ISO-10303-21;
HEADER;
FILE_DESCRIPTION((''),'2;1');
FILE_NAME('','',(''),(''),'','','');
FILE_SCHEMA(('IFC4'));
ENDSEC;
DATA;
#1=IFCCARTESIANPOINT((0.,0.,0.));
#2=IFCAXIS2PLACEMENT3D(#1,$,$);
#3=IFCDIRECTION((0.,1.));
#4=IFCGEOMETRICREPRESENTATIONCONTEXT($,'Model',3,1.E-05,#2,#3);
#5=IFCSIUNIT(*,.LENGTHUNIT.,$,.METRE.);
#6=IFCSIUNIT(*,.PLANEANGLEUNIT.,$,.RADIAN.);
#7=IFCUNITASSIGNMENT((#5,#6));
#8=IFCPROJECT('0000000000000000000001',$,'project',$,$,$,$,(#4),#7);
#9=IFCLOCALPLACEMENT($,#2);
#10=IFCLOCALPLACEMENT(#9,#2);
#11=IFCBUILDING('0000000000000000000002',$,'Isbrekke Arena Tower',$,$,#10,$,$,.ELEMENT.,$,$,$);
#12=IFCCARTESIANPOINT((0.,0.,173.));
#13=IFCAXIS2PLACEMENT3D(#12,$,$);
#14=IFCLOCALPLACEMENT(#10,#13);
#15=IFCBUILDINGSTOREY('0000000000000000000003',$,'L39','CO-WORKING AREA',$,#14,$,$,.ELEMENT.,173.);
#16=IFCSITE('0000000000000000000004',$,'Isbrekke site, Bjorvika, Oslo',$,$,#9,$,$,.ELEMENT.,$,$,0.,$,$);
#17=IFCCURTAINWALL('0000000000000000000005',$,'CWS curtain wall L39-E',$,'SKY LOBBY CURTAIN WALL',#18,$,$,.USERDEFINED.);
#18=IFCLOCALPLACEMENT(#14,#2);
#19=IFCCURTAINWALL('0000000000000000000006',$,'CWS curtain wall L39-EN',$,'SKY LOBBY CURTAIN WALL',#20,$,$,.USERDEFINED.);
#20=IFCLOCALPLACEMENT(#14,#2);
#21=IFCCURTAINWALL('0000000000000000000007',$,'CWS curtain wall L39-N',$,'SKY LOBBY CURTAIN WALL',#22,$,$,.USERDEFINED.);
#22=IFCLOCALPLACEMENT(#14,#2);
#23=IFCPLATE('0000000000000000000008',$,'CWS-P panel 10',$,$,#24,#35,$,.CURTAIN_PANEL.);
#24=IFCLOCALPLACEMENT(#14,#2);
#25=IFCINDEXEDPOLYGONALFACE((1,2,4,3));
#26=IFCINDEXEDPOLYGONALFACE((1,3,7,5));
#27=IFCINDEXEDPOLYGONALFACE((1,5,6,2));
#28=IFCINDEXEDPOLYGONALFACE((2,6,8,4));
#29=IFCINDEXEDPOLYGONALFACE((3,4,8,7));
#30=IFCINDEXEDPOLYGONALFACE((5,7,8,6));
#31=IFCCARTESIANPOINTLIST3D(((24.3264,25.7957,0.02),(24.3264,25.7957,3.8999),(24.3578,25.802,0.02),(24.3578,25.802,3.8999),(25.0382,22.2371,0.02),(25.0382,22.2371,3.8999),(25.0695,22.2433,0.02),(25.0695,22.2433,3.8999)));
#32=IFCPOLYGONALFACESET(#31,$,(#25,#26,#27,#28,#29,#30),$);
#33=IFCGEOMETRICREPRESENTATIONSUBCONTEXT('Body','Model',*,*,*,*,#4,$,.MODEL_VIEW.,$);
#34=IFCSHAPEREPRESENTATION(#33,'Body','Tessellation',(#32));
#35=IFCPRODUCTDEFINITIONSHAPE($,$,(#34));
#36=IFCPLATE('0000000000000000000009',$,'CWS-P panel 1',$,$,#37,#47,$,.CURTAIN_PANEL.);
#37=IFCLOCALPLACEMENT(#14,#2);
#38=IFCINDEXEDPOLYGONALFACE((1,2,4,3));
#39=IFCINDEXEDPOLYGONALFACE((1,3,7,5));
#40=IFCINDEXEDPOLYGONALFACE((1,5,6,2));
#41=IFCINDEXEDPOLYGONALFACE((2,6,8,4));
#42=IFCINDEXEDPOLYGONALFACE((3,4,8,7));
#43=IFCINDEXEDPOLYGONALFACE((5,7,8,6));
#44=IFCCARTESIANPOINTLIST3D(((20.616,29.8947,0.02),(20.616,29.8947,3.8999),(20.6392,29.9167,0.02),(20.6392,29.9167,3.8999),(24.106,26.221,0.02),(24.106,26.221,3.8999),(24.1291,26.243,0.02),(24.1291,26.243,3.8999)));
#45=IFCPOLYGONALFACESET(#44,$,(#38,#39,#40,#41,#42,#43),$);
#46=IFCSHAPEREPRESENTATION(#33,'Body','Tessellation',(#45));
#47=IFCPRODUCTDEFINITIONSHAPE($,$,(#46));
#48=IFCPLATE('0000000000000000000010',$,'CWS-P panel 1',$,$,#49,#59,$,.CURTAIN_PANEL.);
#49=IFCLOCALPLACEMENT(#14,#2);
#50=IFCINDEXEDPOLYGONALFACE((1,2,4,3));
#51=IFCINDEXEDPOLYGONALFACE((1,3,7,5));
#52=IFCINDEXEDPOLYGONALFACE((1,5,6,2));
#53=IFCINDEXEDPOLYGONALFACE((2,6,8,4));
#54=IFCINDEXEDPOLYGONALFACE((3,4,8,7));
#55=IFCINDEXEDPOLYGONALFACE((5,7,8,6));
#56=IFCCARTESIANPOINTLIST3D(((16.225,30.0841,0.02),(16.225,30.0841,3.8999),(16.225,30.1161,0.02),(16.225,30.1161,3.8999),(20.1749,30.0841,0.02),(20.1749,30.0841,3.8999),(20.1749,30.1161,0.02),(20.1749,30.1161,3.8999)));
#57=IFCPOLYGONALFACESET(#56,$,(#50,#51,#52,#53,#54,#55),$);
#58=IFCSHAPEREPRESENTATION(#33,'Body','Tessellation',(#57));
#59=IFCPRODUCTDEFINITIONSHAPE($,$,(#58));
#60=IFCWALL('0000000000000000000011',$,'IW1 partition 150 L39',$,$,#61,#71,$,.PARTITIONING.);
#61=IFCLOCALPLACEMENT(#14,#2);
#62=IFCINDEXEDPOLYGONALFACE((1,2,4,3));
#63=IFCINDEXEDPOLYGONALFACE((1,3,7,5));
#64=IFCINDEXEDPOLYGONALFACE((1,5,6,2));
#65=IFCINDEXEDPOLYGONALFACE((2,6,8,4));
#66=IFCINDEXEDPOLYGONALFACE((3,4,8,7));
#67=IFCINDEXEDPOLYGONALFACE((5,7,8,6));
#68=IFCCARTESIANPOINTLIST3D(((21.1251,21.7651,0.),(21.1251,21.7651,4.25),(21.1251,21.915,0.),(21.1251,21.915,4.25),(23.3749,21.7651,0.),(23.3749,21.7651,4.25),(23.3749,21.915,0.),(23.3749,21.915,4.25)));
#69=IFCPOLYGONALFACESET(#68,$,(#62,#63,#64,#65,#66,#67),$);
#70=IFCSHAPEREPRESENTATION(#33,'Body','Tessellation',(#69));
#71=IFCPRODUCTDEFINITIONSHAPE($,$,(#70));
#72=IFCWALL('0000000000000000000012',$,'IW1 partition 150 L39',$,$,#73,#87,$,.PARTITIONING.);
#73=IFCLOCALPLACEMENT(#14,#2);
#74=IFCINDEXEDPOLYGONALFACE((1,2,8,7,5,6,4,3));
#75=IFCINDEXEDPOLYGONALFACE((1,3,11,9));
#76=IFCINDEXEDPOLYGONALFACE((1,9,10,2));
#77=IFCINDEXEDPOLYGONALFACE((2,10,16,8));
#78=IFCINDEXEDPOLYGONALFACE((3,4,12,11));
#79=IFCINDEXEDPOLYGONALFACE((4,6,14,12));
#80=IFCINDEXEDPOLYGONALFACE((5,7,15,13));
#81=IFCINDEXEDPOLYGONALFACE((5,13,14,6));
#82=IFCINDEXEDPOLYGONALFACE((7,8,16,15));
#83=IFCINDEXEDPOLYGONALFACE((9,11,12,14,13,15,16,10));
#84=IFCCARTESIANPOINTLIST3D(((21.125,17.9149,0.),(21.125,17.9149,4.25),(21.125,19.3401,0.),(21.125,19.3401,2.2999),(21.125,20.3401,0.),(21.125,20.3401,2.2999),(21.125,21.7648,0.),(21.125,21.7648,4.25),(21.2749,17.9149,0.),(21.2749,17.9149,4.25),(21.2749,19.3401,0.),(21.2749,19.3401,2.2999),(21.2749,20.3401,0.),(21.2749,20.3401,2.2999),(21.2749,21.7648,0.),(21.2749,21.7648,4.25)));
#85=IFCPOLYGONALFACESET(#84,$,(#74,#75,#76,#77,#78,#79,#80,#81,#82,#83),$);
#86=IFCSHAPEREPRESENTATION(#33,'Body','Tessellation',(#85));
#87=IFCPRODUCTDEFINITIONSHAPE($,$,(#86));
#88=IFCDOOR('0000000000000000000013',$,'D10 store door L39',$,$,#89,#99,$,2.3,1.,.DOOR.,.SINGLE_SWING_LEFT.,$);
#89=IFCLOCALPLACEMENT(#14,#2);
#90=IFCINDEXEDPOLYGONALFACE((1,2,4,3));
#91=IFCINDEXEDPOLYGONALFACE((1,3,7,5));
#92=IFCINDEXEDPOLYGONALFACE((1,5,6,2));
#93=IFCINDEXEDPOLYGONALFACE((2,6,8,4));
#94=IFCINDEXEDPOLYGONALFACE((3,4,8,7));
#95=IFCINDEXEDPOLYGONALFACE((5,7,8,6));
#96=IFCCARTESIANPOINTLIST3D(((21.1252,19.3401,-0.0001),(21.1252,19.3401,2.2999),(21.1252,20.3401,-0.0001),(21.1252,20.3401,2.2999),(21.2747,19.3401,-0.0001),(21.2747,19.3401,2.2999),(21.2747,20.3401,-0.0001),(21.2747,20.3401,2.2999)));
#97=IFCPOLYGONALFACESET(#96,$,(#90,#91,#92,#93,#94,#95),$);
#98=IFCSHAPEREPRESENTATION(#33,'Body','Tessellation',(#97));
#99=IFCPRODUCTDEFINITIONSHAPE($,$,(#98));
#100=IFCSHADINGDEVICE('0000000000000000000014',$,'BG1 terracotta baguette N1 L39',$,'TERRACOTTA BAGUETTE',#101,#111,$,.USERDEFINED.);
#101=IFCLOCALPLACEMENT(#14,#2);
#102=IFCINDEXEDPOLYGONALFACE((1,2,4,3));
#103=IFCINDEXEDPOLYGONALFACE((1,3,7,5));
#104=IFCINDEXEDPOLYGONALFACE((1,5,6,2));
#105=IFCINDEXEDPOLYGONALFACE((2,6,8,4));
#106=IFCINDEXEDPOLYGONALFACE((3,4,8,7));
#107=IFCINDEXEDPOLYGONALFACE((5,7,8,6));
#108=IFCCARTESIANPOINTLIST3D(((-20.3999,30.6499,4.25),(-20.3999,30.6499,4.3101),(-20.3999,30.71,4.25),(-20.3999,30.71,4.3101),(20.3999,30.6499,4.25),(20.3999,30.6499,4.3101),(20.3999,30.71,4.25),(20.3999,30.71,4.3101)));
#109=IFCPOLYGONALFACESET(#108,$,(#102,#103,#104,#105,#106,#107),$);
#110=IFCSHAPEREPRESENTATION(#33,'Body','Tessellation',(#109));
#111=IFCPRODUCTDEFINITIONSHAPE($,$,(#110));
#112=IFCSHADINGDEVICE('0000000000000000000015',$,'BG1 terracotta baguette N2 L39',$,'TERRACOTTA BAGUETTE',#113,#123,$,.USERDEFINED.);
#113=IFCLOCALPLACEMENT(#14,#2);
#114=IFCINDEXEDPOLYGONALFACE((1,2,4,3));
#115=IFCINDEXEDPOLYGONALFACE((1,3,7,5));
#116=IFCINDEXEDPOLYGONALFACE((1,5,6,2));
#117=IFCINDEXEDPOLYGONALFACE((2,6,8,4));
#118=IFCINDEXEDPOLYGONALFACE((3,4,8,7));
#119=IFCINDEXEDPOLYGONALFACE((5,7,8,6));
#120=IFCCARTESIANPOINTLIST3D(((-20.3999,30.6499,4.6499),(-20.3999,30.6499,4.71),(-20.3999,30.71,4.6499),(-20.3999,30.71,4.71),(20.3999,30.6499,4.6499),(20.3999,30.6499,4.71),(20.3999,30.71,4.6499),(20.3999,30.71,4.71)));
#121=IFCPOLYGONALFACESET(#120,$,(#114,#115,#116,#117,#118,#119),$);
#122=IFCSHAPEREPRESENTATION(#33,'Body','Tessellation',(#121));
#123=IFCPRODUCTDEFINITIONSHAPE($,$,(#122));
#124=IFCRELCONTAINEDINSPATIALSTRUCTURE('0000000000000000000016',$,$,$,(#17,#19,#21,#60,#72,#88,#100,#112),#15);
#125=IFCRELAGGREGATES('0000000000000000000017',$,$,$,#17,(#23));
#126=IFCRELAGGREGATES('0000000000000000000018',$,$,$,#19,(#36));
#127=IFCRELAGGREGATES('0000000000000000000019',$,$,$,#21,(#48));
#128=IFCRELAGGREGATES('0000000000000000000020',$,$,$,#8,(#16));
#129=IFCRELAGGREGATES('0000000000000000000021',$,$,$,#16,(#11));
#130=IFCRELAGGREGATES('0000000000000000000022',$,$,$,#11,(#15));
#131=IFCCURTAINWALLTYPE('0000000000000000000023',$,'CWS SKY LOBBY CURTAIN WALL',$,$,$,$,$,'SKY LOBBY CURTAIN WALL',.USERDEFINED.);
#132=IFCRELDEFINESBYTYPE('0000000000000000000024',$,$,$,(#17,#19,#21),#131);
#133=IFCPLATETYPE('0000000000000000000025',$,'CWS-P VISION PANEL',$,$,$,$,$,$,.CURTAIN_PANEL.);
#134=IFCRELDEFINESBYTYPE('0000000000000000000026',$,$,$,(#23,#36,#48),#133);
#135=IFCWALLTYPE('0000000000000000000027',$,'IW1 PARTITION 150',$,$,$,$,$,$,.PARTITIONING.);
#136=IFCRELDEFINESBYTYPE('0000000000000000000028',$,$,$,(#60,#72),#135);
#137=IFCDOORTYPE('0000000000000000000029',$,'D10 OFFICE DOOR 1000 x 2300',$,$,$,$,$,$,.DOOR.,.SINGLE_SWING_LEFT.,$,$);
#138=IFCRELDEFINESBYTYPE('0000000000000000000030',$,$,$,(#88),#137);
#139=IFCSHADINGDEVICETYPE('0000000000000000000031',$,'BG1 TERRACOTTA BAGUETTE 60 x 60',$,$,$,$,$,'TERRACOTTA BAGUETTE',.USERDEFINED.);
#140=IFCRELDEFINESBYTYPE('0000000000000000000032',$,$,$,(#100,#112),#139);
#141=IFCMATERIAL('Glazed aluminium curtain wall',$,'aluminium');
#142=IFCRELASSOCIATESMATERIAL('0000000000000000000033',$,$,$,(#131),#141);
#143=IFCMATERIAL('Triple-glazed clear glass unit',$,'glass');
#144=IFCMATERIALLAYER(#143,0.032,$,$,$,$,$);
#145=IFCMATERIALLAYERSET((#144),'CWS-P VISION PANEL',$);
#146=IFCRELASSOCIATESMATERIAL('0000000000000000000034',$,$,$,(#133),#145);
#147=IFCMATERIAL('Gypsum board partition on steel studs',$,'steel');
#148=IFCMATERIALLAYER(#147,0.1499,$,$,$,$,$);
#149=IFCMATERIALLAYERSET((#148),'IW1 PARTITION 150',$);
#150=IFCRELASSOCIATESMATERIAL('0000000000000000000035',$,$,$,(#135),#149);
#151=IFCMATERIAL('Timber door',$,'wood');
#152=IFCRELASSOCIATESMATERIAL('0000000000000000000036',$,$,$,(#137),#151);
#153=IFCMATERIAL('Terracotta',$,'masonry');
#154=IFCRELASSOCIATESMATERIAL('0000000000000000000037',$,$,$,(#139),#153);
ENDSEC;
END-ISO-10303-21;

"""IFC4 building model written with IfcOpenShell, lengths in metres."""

from ifc_helpers import new_model, si_unit, direction, frame, frame_2d, origin, origin_2d, place, context, subcontext, project, spatial, rectangle, extrude, material, layer, layer_set, material_profile, profile_set, type_object, element, fill, aggregate, save


model = new_model("IFC4")

# Units and contexts
model_context = context("Model", 3, precision=1e-05, world=origin(), true_north=direction((0.0, 1.0)))
body_context = subcontext(model_context, "Body", "Model", "MODEL_VIEW")
ifc_project = project(units=[si_unit("LENGTHUNIT", "METRE"), si_unit("PLANEANGLEUNIT", "RADIAN")], contexts=[model_context])

# Site, building, storey
site_placement = place(None, origin())
site = spatial("IfcSite", under=ifc_project, at=site_placement, Name="Isbrekke site, Bjorvika, Oslo", CompositionType="ELEMENT", RefElevation=0.0)
building_placement = place(site_placement, origin())
building = spatial("IfcBuilding", under=site, at=building_placement, Name="Isbrekke Arena Tower", CompositionType="ELEMENT")
storey_placement = place(building_placement, frame((0.0, 0.0, 173.0)))
storey = spatial("IfcBuildingStorey", under=building, at=storey_placement, Name="L39", Description="CO-WORKING AREA", CompositionType="ELEMENT", Elevation=173.0)

# Curtain wall
ifc_material_1 = material(Name="Glazed aluminium curtain wall", Category="aluminium")
curtain_wall_type = type_object("IfcCurtainWallType", Name="CWS SKY LOBBY CURTAIN WALL", ElementType="SKY LOBBY CURTAIN WALL", PredefinedType="USERDEFINED", material=ifc_material_1)
curtain_wall_1_placement = place(storey_placement, origin())
curtain_wall_1 = element("IfcCurtainWall", 1, at=curtain_wall_1_placement, inside=storey, type_object=curtain_wall_type, Name="CWS curtain wall L39-E", ObjectType="SKY LOBBY CURTAIN WALL", PredefinedType="USERDEFINED")

# Curtain walls
curtain_wall_2_placement = place(storey_placement, origin())
curtain_wall_2 = element("IfcCurtainWall", 2, at=curtain_wall_2_placement, inside=storey, type_object=curtain_wall_type, Name="CWS curtain wall L39-EN", ObjectType="SKY LOBBY CURTAIN WALL", PredefinedType="USERDEFINED")
curtain_wall_3_placement = place(storey_placement, origin())
curtain_wall_3 = element("IfcCurtainWall", 3, at=curtain_wall_3_placement, inside=storey, type_object=curtain_wall_type, Name="CWS curtain wall L39-N", ObjectType="SKY LOBBY CURTAIN WALL", PredefinedType="USERDEFINED")

# Plates
ifc_material_2 = material(Name="Triple-glazed clear glass unit", Category="glass")
ifc_layer_1 = layer(ifc_material_2, 0.032)
ifc_layer_set_1 = layer_set([ifc_layer_1], Name="CWS-P VISION PANEL")
plate_type = type_object("IfcPlateType", Name="CWS-P VISION PANEL", PredefinedType="CURTAIN_PANEL", material=ifc_layer_set_1)
plate_1_placement = place(storey_placement, frame((24.698, 24.0195, 0.02), z_axis=(0.0, 0.0, 1.0), x_axis=(-0.196116, 0.980581, 0.0)))
plate_1 = element("IfcPlate", 4, at=plate_1_placement, type_object=plate_type, Name="CWS-P panel 10", PredefinedType="CURTAIN_PANEL", context=body_context, shape_type="SweptSolid", body=[
    extrude(rectangle(XDim=3.6292, YDim=0.032, at=origin_2d()), origin(), (0.0, 0.0, 1.0), 3.8799),
])
aggregate(curtain_wall_1, [plate_1])
plate_2_placement = place(storey_placement, frame((22.3726, 28.0688, 0.02), z_axis=(0.0, 0.0, 1.0), x_axis=(-0.688749, 0.724999, 0.0)))
plate_2 = element("IfcPlate", 5, at=plate_2_placement, type_object=plate_type, Name="CWS-P panel 1", PredefinedType="CURTAIN_PANEL", context=body_context, shape_type="SweptSolid", body=[
    extrude(rectangle(XDim=5.0671, YDim=0.032, at=origin_2d()), origin(), (0.0, 0.0, 1.0), 3.8799),
])
aggregate(curtain_wall_2, [plate_2])
plate_3_placement = place(storey_placement, frame((18.2, 30.1001, 0.02), z_axis=(0.0, 0.0, 1.0), x_axis=(-1.0, 0.0, 0.0)))
plate_3 = element("IfcPlate", 6, at=plate_3_placement, type_object=plate_type, Name="CWS-P panel 1", PredefinedType="CURTAIN_PANEL", context=body_context, shape_type="SweptSolid", body=[
    extrude(rectangle(XDim=3.95, YDim=0.032, at=origin_2d()), origin(), (0.0, 0.0, 1.0), 3.8799),
])
aggregate(curtain_wall_3, [plate_3])

# Wall
ifc_material_3 = material(Name="Gypsum board partition on steel studs", Category="steel")
ifc_layer_2 = layer(ifc_material_3, 0.1499)
ifc_layer_set_2 = layer_set([ifc_layer_2], Name="IW1 PARTITION 150")
wall_type = type_object("IfcWallType", Name="IW1 PARTITION 150", PredefinedType="PARTITIONING", material=ifc_layer_set_2)
wall_1_placement = place(storey_placement, frame((21.125, 21.8401, 0.0), z_axis=(0.0, 0.0, 1.0), x_axis=(1.0, 0.0, 0.0)))
element("IfcWall", 7, at=wall_1_placement, inside=storey, type_object=wall_type, Name="IW1 partition 150 L39", PredefinedType="PARTITIONING", context=body_context, shape_type="SweptSolid", body=[
    extrude(rectangle(XDim=2.2498, YDim=0.1499, at=frame_2d((1.125, 0.0))), origin(), (0.0, 0.0, 1.0), 4.25),
])

# Wall, opening, door
wall_2_placement = place(storey_placement, frame((21.2, 17.915, 0.0), z_axis=(0.0, 0.0, 1.0), x_axis=(0.0, 1.0, 0.0)))
wall_2 = element("IfcWall", 8, at=wall_2_placement, inside=storey, type_object=wall_type, Name="IW1 partition 150 L39", PredefinedType="PARTITIONING", context=body_context, shape_type="SweptSolid", body=[
    extrude(rectangle(XDim=3.8499, YDim=0.1499, at=frame_2d((1.9248, 0.0))), origin(), (0.0, 0.0, 1.0), 4.25),
])
opening_placement = place(wall_2_placement, frame((1.425, 0.0, 0.0)))
opening = element("IfcOpeningElement", 9, at=opening_placement, cuts=wall_2, PredefinedType="OPENING", context=body_context, shape_type="SweptSolid", body=[
    extrude(rectangle(XDim=1.0, YDim=2.3, at=frame_2d((0.5, 1.1499))), frame((0.0, 0.0898, 0.0), z_axis=(0.0, -1.0, 0.0), x_axis=(1.0, 0.0, 0.0)), (0.0, 0.0, 1.0), 0.1797),
])
ifc_material_4 = material(Name="Timber door", Category="wood")
door_type = type_object("IfcDoorType", Name="D10 OFFICE DOOR 1000 x 2300", OperationType="SINGLE_SWING_LEFT", PredefinedType="DOOR", material=ifc_material_4)
door_placement = place(opening_placement, origin())
door = element("IfcDoor", 10, at=door_placement, inside=storey, type_object=door_type, Name="D10 store door L39", OperationType="SINGLE_SWING_LEFT", OverallHeight=2.3, OverallWidth=1.0, PredefinedType="DOOR", context=body_context, shape_type="SweptSolid", body=[
    extrude(rectangle(XDim=1.0, YDim=2.3, at=frame_2d((0.5, 1.1499))), frame((0.0, 0.0747, 0.0), z_axis=(0.0, -1.0, 0.0), x_axis=(1.0, 0.0, 0.0)), (0.0, 0.0, 1.0), 0.1494),
])
fill(opening, door)

# Shading devices
ifc_material_5 = material(Name="Terracotta", Category="masonry")
ifc_material_profile_1 = material_profile(ifc_material_5, rectangle(XDim=0.0601, YDim=0.0601, at=origin_2d()), Name="BAGUETTE 60X60")
ifc_profile_set_1 = profile_set([ifc_material_profile_1], Name="Terracotta")
shading_device_type = type_object("IfcShadingDeviceType", Name="BG1 TERRACOTTA BAGUETTE 60 x 60", ElementType="TERRACOTTA BAGUETTE", PredefinedType="USERDEFINED", material=ifc_profile_set_1)
for number, where, z_axis, x_axis, name in (
    (11, (20.3999, 30.6799, 4.28), (-1.0, 0.0, 0.0), (0.0, -1.0, 0.0), "BG1 terracotta baguette N1 L39"),
    (12, (20.3999, 30.6799, 4.6799), (-1.0, 0.0, 0.0), (0.0, -1.0, 0.0), "BG1 terracotta baguette N2 L39"),
):
    element("IfcShadingDevice", number, at=place(storey_placement, frame(where, z_axis=z_axis, x_axis=x_axis)), inside=storey, type_object=shading_device_type, Name=name, ObjectType="TERRACOTTA BAGUETTE", PredefinedType="USERDEFINED", context=body_context, shape_type="SweptSolid", body=[
        extrude(rectangle(XDim=0.0601, YDim=0.0601, at=origin_2d()), origin(), (0.0, 0.0, 1.0), 40.7998),
    ])

save(model, "model.ifc")
